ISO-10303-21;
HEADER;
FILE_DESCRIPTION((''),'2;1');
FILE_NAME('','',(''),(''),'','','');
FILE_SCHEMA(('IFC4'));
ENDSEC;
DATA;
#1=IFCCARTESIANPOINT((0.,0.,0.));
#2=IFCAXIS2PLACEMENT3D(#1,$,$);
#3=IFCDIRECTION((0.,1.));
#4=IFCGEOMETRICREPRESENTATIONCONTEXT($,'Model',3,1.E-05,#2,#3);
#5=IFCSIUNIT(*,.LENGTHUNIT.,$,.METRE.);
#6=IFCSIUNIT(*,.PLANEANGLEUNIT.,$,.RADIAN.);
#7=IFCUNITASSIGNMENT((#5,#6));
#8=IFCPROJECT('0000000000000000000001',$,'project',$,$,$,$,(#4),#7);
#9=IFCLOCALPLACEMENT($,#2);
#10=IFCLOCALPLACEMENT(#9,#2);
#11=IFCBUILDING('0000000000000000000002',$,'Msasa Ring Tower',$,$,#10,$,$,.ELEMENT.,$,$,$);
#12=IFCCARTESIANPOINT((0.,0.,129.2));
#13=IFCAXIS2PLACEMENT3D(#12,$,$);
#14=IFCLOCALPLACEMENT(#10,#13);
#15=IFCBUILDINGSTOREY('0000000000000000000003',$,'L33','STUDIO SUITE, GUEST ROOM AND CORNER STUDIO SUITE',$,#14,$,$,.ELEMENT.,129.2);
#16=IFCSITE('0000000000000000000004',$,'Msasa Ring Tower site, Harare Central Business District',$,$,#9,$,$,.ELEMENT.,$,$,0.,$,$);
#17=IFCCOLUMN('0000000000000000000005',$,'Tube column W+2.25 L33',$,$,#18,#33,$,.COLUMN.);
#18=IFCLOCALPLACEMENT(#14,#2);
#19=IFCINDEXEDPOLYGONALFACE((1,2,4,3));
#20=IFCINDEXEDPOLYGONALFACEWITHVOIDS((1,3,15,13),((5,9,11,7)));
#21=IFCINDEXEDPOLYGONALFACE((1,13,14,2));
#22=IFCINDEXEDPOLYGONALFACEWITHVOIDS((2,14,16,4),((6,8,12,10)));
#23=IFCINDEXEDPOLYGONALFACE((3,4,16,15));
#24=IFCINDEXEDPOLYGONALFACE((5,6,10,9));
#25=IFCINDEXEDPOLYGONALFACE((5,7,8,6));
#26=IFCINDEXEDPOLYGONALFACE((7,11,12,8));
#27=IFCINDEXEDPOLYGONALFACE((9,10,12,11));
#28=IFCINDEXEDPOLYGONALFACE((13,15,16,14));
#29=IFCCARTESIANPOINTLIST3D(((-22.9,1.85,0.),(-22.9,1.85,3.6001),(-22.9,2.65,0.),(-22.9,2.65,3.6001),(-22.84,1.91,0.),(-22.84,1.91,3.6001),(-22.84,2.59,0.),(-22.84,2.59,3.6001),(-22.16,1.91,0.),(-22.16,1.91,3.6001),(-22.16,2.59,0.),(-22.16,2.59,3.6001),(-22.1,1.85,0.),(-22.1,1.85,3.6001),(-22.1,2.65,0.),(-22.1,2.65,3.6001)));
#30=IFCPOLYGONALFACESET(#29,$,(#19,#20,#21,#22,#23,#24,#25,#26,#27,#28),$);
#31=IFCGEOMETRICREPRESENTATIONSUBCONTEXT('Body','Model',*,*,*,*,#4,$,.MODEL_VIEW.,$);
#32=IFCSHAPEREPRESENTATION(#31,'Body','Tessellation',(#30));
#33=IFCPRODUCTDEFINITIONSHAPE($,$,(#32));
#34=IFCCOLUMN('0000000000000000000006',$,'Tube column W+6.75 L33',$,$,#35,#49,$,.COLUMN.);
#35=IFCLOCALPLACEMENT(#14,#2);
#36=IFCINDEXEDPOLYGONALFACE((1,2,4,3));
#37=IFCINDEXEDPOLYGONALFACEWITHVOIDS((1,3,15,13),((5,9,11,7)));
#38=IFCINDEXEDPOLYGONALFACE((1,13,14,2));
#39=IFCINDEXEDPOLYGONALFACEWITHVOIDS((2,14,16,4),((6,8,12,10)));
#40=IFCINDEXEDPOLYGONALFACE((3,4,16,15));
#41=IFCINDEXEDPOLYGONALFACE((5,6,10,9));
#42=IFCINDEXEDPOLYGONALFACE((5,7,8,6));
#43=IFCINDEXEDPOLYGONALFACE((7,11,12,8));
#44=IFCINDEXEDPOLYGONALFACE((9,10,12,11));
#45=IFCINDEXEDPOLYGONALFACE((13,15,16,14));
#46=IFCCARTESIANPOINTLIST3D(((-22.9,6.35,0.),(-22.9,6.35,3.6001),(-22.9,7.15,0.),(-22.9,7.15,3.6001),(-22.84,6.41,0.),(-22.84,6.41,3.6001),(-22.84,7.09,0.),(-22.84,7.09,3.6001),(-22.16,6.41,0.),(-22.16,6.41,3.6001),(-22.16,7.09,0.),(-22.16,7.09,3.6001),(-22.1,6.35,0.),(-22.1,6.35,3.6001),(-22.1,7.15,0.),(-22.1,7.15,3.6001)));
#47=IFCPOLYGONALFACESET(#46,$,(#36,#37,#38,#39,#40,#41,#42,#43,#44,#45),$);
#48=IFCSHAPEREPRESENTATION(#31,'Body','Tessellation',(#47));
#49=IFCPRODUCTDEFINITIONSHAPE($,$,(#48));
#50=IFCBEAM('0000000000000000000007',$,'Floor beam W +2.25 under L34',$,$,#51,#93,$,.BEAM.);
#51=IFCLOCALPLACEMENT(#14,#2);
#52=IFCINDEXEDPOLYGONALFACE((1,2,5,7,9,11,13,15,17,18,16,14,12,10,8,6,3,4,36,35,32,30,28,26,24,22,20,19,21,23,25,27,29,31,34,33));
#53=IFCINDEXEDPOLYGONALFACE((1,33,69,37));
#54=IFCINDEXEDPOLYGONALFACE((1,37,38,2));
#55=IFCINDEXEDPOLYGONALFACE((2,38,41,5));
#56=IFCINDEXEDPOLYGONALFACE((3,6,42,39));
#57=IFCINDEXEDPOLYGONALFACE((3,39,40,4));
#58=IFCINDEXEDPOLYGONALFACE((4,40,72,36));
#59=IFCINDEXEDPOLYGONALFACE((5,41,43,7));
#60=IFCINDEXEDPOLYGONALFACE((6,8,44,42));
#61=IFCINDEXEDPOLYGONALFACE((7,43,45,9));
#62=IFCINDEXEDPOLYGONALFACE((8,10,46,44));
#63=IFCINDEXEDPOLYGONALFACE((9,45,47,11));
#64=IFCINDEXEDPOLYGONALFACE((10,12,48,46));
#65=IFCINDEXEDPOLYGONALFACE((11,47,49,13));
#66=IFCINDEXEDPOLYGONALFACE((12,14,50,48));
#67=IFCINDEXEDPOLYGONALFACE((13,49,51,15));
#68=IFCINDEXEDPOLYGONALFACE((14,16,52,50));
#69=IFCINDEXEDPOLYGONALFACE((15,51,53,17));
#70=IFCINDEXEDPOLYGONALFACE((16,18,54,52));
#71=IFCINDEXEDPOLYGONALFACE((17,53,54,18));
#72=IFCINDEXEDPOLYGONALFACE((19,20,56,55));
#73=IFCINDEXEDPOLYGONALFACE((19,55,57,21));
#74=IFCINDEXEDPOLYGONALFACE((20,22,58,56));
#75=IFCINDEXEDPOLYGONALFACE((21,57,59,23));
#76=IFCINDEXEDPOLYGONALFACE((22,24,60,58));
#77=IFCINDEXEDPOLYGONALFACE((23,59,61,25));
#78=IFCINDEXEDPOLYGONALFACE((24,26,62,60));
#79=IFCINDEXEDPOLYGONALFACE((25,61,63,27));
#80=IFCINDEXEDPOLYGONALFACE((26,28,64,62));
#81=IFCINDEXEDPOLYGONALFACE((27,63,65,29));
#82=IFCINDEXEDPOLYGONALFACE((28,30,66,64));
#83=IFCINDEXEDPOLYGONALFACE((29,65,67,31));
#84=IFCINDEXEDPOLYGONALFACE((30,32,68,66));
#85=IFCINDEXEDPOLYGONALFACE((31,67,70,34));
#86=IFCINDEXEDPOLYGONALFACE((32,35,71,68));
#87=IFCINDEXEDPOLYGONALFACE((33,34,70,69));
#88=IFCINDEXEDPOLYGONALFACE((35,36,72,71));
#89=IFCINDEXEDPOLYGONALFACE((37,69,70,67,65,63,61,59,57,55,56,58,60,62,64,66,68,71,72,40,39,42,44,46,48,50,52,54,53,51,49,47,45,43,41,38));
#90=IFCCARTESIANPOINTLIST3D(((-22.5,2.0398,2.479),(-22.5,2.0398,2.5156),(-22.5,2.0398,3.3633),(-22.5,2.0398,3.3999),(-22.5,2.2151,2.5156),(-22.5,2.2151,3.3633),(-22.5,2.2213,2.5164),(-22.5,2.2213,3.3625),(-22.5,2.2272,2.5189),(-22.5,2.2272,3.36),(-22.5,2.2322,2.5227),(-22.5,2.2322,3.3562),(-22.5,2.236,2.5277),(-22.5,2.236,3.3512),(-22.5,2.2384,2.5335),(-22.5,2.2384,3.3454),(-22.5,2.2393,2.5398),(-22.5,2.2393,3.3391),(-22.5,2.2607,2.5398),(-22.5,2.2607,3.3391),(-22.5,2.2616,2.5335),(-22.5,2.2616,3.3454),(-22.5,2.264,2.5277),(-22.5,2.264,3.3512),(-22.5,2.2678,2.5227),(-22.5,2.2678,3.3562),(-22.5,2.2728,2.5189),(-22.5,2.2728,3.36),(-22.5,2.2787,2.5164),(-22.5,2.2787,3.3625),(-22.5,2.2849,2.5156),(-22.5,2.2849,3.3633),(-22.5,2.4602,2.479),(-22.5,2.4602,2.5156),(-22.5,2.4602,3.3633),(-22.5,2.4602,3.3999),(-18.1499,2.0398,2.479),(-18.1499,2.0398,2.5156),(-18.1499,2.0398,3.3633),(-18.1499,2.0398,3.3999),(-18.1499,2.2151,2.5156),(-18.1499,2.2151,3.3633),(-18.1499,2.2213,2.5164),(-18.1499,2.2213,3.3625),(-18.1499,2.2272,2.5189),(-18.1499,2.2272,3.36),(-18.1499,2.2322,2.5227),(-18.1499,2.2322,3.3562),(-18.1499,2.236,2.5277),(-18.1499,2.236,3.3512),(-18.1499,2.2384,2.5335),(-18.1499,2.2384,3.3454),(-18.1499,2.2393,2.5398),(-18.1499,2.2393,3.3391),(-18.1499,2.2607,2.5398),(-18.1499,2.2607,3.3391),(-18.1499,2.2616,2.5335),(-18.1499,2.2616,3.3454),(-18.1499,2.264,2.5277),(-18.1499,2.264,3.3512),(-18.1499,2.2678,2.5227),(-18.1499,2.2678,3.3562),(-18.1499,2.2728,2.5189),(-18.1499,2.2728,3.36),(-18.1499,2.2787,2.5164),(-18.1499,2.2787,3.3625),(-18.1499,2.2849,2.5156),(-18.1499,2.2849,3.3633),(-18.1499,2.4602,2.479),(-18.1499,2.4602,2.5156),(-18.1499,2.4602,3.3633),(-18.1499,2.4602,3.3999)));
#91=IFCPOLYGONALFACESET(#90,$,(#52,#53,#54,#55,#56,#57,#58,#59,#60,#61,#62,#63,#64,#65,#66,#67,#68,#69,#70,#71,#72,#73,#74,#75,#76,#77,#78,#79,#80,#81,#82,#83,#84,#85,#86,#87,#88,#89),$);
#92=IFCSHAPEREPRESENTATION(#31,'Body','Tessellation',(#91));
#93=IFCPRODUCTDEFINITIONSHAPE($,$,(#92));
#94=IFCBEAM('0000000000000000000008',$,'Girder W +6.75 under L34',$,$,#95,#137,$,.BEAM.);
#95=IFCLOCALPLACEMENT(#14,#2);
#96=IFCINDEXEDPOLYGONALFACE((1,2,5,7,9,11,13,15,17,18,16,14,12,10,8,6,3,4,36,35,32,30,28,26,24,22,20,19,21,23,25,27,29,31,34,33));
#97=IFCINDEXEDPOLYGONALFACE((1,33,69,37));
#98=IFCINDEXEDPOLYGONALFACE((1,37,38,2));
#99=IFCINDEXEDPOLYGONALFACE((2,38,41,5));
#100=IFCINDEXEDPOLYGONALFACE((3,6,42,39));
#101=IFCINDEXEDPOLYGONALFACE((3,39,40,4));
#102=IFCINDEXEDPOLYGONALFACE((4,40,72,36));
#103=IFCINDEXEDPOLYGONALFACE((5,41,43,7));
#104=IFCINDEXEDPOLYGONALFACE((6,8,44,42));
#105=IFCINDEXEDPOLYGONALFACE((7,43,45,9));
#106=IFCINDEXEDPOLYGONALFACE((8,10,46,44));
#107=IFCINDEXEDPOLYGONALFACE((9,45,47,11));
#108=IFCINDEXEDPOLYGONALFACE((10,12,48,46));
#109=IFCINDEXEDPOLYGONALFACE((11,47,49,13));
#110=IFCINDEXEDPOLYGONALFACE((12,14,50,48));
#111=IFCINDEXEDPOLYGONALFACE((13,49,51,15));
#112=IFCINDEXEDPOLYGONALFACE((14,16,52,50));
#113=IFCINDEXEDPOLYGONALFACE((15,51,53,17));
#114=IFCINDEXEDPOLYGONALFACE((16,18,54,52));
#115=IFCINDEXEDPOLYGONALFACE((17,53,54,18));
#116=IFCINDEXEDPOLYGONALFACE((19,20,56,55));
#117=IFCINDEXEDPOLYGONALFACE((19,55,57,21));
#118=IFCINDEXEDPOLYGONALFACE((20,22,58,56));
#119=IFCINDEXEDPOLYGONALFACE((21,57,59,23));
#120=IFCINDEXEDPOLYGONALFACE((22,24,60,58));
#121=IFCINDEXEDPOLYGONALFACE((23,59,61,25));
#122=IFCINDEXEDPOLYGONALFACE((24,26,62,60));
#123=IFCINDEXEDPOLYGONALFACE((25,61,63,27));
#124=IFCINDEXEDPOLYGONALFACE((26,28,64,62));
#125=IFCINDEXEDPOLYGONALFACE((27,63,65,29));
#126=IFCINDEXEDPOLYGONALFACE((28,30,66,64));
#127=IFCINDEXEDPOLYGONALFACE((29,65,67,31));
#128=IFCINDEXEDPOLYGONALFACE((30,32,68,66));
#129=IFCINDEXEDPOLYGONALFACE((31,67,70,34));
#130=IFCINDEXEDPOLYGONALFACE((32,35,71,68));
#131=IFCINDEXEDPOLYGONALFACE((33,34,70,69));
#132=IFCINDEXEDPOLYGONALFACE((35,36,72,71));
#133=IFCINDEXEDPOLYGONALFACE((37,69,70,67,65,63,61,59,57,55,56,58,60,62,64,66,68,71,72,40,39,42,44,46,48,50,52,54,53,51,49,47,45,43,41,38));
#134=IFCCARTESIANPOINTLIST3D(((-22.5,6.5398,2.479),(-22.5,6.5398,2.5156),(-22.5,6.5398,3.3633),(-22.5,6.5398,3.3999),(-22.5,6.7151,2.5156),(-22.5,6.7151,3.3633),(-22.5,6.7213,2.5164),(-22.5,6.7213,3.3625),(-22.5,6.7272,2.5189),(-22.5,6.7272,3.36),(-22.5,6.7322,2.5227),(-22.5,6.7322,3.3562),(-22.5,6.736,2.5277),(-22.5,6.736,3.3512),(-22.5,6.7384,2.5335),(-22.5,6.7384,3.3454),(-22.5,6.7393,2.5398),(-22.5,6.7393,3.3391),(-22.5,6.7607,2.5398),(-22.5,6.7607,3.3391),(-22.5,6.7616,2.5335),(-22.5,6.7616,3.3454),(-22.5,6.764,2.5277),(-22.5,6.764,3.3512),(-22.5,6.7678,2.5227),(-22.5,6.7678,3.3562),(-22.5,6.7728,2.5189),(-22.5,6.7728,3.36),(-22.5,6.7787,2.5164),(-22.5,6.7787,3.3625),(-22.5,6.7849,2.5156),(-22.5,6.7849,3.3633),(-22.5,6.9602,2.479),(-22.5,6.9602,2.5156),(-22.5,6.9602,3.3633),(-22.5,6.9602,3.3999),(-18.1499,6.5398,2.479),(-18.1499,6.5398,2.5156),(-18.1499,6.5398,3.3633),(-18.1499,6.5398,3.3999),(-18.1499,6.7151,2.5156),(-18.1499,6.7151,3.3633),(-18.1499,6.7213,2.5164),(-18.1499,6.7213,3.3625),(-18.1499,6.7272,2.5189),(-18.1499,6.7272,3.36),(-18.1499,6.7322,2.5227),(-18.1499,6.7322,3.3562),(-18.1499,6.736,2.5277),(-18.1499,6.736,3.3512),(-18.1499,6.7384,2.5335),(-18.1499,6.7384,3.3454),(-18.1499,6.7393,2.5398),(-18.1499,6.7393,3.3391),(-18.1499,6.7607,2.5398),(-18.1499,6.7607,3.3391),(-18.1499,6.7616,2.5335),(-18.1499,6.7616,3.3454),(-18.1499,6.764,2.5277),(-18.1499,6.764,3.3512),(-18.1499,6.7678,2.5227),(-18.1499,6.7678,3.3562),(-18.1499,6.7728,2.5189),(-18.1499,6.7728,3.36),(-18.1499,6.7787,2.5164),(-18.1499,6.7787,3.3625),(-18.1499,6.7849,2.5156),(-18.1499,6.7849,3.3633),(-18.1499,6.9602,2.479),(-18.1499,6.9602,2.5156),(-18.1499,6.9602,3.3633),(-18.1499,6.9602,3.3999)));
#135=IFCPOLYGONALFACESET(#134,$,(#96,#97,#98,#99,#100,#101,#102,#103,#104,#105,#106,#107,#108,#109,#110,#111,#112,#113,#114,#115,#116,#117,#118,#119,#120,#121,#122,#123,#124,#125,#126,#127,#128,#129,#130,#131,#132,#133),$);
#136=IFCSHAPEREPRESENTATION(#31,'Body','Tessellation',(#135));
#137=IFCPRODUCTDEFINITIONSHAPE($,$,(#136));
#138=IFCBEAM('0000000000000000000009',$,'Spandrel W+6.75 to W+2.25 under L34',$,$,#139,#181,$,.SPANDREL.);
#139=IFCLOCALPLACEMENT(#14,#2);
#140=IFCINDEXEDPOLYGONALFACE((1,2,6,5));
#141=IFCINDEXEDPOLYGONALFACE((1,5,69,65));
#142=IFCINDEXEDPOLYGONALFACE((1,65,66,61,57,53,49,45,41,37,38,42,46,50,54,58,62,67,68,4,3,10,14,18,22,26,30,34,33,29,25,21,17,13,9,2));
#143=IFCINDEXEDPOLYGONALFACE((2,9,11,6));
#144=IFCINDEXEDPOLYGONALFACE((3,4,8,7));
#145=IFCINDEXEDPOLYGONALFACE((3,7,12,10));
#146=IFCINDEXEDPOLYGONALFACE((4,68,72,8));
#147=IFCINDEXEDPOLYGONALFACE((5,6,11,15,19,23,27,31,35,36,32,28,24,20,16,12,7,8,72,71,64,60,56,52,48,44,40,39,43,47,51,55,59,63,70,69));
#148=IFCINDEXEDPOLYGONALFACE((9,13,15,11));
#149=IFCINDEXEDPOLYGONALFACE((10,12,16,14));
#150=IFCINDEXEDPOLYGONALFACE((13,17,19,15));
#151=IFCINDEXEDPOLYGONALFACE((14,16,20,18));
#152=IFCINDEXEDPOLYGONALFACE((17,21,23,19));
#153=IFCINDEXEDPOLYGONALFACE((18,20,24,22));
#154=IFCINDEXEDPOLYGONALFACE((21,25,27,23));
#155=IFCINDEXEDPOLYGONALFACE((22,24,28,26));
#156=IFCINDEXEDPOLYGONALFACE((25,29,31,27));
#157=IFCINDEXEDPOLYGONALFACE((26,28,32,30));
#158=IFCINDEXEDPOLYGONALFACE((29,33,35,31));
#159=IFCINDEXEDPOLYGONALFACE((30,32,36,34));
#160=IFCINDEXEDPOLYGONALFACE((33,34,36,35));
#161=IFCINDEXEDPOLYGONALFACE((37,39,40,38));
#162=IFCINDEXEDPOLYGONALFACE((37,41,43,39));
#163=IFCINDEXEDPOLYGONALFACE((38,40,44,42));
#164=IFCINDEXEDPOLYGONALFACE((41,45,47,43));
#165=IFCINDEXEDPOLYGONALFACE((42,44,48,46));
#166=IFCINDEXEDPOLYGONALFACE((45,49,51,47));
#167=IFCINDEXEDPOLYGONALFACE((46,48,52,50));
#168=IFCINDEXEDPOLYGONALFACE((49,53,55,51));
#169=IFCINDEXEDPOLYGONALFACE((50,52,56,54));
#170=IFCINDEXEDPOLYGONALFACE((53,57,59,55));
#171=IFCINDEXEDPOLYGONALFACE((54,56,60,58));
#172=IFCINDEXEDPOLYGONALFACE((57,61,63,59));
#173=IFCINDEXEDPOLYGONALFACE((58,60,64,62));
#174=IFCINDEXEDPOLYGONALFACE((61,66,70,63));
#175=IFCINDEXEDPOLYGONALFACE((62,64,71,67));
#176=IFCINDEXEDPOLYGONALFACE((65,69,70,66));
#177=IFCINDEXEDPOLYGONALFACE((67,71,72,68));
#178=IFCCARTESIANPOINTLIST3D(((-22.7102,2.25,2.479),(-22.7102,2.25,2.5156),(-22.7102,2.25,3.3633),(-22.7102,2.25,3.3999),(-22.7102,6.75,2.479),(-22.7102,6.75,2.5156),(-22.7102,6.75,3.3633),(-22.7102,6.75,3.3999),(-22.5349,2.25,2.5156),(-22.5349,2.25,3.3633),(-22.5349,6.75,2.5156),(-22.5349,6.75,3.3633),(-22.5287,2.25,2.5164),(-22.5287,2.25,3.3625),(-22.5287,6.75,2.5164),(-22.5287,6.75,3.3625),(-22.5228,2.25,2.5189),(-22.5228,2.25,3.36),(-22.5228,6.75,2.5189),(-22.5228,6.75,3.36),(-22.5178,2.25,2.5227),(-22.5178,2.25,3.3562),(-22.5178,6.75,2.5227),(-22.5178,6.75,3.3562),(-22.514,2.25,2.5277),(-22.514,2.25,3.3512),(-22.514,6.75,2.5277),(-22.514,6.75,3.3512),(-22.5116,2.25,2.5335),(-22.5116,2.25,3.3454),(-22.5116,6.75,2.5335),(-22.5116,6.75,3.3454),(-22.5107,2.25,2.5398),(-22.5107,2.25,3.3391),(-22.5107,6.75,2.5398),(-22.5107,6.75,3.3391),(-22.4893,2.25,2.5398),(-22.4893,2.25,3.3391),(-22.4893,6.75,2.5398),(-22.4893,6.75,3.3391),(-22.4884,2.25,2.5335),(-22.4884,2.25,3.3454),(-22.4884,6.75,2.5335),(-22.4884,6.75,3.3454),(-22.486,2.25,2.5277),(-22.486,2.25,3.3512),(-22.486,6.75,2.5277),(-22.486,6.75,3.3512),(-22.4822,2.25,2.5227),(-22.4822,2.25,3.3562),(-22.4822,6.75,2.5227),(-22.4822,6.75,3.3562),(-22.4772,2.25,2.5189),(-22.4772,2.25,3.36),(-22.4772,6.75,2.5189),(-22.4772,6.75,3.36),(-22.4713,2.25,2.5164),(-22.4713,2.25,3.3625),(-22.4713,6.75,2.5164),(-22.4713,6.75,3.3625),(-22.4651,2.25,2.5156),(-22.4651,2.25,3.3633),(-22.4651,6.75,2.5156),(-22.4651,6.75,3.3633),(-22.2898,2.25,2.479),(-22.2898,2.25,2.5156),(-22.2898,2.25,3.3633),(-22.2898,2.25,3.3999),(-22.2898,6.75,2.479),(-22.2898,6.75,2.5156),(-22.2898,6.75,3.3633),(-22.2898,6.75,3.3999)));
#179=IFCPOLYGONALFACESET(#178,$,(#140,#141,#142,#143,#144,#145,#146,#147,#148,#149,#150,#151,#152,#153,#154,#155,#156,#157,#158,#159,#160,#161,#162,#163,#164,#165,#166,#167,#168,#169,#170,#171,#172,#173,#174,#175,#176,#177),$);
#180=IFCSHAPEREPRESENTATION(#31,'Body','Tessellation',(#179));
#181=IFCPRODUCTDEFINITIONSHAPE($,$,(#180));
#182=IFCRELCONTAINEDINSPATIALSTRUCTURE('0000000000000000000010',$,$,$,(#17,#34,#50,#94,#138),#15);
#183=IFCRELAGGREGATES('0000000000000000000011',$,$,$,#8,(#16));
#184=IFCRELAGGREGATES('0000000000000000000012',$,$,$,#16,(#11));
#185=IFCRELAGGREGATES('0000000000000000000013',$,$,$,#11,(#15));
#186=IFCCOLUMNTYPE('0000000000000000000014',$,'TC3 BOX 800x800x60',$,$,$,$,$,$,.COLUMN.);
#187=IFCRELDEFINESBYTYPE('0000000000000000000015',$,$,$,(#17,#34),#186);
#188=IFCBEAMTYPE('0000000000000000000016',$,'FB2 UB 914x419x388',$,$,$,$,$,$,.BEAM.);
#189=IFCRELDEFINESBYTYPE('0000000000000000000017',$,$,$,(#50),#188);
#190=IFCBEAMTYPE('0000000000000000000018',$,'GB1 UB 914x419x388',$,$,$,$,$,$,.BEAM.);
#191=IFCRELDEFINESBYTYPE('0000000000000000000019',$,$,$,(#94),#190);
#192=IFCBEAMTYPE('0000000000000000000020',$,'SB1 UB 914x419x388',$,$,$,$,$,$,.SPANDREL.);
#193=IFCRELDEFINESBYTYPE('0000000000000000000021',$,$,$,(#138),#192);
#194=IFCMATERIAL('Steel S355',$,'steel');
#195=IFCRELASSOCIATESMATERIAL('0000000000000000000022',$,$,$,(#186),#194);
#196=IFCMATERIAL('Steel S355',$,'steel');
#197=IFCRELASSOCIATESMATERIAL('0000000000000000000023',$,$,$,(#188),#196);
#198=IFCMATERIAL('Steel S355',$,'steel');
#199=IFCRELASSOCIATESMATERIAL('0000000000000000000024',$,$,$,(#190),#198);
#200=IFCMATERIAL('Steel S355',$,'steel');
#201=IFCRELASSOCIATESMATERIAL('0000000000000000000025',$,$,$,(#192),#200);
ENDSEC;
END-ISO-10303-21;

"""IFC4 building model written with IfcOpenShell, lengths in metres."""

from ifc_helpers import new_model, si_unit, direction, frame, origin, origin_2d, place, context, subcontext, project, spatial, hollow_rectangle, i_section, extrude, material, material_profile, profile_set, type_object, element, save


model = new_model("IFC4")

# Units and contexts
model_context = context("Model", 3, precision=1e-05, world=origin(), true_north=direction((0.0, 1.0)))
body_context = subcontext(model_context, "Body", "Model", "MODEL_VIEW")
ifc_project = project(units=[si_unit("LENGTHUNIT", "METRE"), si_unit("PLANEANGLEUNIT", "RADIAN")], contexts=[model_context])

# Site, building, storey
site_placement = place(None, origin())
site = spatial("IfcSite", under=ifc_project, at=site_placement, Name="Msasa Ring Tower site, Harare Central Business District", CompositionType="ELEMENT", RefElevation=0.0)
building_placement = place(site_placement, origin())
building = spatial("IfcBuilding", under=site, at=building_placement, Name="Msasa Ring Tower", CompositionType="ELEMENT")
storey_placement = place(building_placement, frame((0.0, 0.0, 129.2)))
storey = spatial("IfcBuildingStorey", under=building, at=storey_placement, Name="L33", Description="STUDIO SUITE, GUEST ROOM AND CORNER STUDIO SUITE", CompositionType="ELEMENT", Elevation=129.2)

# Columns
ifc_material_1 = material(Name="Steel S355", Category="steel")
ifc_material_profile_1 = material_profile(ifc_material_1, hollow_rectangle(XDim=0.8, YDim=0.8, WallThickness=0.0601, at=origin_2d()), Name="BOX 800x800x60")
ifc_profile_set_1 = profile_set([ifc_material_profile_1], Name="Steel S355")
column_type = type_object("IfcColumnType", Name="TC3 BOX 800x800x60", PredefinedType="COLUMN", material=ifc_profile_set_1)
for number, where, z_axis, x_axis, name in (
    (1, (-22.5, 2.25, 0.0), (0.0, 0.0, 1.0), (1.0, 0.0, 0.0), "Tube column W+2.25 L33"),
    (2, (-22.5, 6.75, 0.0), (0.0, 0.0, 1.0), (1.0, 0.0, 0.0), "Tube column W+6.75 L33"),
):
    element("IfcColumn", number, at=place(storey_placement, frame(where, z_axis=z_axis, x_axis=x_axis)), inside=storey, type_object=column_type, Name=name, PredefinedType="COLUMN", context=body_context, shape_type="SweptSolid", body=[
        extrude(hollow_rectangle(XDim=0.8, YDim=0.8, WallThickness=0.0601, at=origin_2d()), origin(), (0.0, 0.0, 1.0), 3.6001),
    ])

# Beams
ifc_material_2 = material(Name="Steel S355", Category="steel")
ifc_material_profile_2 = material_profile(ifc_material_2, i_section(OverallWidth=0.4204, OverallDepth=0.9209, WebThickness=0.0215, FlangeThickness=0.0366, FilletRadius=0.0242, at=origin_2d()), Name="UB 914x419x388")
ifc_profile_set_2 = profile_set([ifc_material_profile_2], Name="Steel S355")
beam_type_1 = type_object("IfcBeamType", Name="FB2 UB 914x419x388", PredefinedType="BEAM", material=ifc_profile_set_2)
beam_1_placement = place(storey_placement, frame((-22.5, 2.25, 2.9395), z_axis=(1.0, 0.0, 0.0), x_axis=(0.0, 1.0, 0.0)))
element("IfcBeam", 3, at=beam_1_placement, inside=storey, type_object=beam_type_1, Name="Floor beam W +2.25 under L34", PredefinedType="BEAM", context=body_context, shape_type="SweptSolid", body=[
    extrude(i_section(OverallWidth=0.4204, OverallDepth=0.9209, WebThickness=0.0215, FlangeThickness=0.0366, FilletRadius=0.0242, at=origin_2d()), origin(), (0.0, 0.0, 1.0), 4.3501),
])
ifc_material_3 = material(Name="Steel S355", Category="steel")
ifc_material_profile_3 = material_profile(ifc_material_3, i_section(OverallWidth=0.4204, OverallDepth=0.9209, WebThickness=0.0215, FlangeThickness=0.0366, FilletRadius=0.0242, at=origin_2d()), Name="UB 914x419x388")
ifc_profile_set_3 = profile_set([ifc_material_profile_3], Name="Steel S355")
beam_type_2 = type_object("IfcBeamType", Name="GB1 UB 914x419x388", PredefinedType="BEAM", material=ifc_profile_set_3)
beam_2_placement = place(storey_placement, frame((-18.1499, 6.75, 2.9395), z_axis=(-1.0, 0.0, 0.0), x_axis=(0.0, -1.0, 0.0)))
element("IfcBeam", 4, at=beam_2_placement, inside=storey, type_object=beam_type_2, Name="Girder W +6.75 under L34", PredefinedType="BEAM", context=body_context, shape_type="SweptSolid", body=[
    extrude(i_section(OverallWidth=0.4204, OverallDepth=0.9209, WebThickness=0.0215, FlangeThickness=0.0366, FilletRadius=0.0242, at=origin_2d()), origin(), (0.0, 0.0, 1.0), 4.3501),
])
ifc_material_4 = material(Name="Steel S355", Category="steel")
ifc_material_profile_4 = material_profile(ifc_material_4, i_section(OverallWidth=0.4204, OverallDepth=0.9209, WebThickness=0.0215, FlangeThickness=0.0366, FilletRadius=0.0242, at=origin_2d()), Name="UB 914x419x388")
ifc_profile_set_4 = profile_set([ifc_material_profile_4], Name="Steel S355")
beam_type_3 = type_object("IfcBeamType", Name="SB1 UB 914x419x388", PredefinedType="SPANDREL", material=ifc_profile_set_4)
for number, where, z_axis, x_axis, name in (
    (5, (-22.5, 6.75, 2.9395), (0.0, -1.0, 0.0), (1.0, 0.0, 0.0), "Spandrel W+6.75 to W+2.25 under L34"),
):
    element("IfcBeam", number, at=place(storey_placement, frame(where, z_axis=z_axis, x_axis=x_axis)), inside=storey, type_object=beam_type_3, Name=name, PredefinedType="SPANDREL", context=body_context, shape_type="SweptSolid", body=[
        extrude(i_section(OverallWidth=0.4204, OverallDepth=0.9209, WebThickness=0.0215, FlangeThickness=0.0366, FilletRadius=0.0242, at=origin_2d()), origin(), (0.0, 0.0, 1.0), 4.5),
    ])

save(model, "model.ifc")
